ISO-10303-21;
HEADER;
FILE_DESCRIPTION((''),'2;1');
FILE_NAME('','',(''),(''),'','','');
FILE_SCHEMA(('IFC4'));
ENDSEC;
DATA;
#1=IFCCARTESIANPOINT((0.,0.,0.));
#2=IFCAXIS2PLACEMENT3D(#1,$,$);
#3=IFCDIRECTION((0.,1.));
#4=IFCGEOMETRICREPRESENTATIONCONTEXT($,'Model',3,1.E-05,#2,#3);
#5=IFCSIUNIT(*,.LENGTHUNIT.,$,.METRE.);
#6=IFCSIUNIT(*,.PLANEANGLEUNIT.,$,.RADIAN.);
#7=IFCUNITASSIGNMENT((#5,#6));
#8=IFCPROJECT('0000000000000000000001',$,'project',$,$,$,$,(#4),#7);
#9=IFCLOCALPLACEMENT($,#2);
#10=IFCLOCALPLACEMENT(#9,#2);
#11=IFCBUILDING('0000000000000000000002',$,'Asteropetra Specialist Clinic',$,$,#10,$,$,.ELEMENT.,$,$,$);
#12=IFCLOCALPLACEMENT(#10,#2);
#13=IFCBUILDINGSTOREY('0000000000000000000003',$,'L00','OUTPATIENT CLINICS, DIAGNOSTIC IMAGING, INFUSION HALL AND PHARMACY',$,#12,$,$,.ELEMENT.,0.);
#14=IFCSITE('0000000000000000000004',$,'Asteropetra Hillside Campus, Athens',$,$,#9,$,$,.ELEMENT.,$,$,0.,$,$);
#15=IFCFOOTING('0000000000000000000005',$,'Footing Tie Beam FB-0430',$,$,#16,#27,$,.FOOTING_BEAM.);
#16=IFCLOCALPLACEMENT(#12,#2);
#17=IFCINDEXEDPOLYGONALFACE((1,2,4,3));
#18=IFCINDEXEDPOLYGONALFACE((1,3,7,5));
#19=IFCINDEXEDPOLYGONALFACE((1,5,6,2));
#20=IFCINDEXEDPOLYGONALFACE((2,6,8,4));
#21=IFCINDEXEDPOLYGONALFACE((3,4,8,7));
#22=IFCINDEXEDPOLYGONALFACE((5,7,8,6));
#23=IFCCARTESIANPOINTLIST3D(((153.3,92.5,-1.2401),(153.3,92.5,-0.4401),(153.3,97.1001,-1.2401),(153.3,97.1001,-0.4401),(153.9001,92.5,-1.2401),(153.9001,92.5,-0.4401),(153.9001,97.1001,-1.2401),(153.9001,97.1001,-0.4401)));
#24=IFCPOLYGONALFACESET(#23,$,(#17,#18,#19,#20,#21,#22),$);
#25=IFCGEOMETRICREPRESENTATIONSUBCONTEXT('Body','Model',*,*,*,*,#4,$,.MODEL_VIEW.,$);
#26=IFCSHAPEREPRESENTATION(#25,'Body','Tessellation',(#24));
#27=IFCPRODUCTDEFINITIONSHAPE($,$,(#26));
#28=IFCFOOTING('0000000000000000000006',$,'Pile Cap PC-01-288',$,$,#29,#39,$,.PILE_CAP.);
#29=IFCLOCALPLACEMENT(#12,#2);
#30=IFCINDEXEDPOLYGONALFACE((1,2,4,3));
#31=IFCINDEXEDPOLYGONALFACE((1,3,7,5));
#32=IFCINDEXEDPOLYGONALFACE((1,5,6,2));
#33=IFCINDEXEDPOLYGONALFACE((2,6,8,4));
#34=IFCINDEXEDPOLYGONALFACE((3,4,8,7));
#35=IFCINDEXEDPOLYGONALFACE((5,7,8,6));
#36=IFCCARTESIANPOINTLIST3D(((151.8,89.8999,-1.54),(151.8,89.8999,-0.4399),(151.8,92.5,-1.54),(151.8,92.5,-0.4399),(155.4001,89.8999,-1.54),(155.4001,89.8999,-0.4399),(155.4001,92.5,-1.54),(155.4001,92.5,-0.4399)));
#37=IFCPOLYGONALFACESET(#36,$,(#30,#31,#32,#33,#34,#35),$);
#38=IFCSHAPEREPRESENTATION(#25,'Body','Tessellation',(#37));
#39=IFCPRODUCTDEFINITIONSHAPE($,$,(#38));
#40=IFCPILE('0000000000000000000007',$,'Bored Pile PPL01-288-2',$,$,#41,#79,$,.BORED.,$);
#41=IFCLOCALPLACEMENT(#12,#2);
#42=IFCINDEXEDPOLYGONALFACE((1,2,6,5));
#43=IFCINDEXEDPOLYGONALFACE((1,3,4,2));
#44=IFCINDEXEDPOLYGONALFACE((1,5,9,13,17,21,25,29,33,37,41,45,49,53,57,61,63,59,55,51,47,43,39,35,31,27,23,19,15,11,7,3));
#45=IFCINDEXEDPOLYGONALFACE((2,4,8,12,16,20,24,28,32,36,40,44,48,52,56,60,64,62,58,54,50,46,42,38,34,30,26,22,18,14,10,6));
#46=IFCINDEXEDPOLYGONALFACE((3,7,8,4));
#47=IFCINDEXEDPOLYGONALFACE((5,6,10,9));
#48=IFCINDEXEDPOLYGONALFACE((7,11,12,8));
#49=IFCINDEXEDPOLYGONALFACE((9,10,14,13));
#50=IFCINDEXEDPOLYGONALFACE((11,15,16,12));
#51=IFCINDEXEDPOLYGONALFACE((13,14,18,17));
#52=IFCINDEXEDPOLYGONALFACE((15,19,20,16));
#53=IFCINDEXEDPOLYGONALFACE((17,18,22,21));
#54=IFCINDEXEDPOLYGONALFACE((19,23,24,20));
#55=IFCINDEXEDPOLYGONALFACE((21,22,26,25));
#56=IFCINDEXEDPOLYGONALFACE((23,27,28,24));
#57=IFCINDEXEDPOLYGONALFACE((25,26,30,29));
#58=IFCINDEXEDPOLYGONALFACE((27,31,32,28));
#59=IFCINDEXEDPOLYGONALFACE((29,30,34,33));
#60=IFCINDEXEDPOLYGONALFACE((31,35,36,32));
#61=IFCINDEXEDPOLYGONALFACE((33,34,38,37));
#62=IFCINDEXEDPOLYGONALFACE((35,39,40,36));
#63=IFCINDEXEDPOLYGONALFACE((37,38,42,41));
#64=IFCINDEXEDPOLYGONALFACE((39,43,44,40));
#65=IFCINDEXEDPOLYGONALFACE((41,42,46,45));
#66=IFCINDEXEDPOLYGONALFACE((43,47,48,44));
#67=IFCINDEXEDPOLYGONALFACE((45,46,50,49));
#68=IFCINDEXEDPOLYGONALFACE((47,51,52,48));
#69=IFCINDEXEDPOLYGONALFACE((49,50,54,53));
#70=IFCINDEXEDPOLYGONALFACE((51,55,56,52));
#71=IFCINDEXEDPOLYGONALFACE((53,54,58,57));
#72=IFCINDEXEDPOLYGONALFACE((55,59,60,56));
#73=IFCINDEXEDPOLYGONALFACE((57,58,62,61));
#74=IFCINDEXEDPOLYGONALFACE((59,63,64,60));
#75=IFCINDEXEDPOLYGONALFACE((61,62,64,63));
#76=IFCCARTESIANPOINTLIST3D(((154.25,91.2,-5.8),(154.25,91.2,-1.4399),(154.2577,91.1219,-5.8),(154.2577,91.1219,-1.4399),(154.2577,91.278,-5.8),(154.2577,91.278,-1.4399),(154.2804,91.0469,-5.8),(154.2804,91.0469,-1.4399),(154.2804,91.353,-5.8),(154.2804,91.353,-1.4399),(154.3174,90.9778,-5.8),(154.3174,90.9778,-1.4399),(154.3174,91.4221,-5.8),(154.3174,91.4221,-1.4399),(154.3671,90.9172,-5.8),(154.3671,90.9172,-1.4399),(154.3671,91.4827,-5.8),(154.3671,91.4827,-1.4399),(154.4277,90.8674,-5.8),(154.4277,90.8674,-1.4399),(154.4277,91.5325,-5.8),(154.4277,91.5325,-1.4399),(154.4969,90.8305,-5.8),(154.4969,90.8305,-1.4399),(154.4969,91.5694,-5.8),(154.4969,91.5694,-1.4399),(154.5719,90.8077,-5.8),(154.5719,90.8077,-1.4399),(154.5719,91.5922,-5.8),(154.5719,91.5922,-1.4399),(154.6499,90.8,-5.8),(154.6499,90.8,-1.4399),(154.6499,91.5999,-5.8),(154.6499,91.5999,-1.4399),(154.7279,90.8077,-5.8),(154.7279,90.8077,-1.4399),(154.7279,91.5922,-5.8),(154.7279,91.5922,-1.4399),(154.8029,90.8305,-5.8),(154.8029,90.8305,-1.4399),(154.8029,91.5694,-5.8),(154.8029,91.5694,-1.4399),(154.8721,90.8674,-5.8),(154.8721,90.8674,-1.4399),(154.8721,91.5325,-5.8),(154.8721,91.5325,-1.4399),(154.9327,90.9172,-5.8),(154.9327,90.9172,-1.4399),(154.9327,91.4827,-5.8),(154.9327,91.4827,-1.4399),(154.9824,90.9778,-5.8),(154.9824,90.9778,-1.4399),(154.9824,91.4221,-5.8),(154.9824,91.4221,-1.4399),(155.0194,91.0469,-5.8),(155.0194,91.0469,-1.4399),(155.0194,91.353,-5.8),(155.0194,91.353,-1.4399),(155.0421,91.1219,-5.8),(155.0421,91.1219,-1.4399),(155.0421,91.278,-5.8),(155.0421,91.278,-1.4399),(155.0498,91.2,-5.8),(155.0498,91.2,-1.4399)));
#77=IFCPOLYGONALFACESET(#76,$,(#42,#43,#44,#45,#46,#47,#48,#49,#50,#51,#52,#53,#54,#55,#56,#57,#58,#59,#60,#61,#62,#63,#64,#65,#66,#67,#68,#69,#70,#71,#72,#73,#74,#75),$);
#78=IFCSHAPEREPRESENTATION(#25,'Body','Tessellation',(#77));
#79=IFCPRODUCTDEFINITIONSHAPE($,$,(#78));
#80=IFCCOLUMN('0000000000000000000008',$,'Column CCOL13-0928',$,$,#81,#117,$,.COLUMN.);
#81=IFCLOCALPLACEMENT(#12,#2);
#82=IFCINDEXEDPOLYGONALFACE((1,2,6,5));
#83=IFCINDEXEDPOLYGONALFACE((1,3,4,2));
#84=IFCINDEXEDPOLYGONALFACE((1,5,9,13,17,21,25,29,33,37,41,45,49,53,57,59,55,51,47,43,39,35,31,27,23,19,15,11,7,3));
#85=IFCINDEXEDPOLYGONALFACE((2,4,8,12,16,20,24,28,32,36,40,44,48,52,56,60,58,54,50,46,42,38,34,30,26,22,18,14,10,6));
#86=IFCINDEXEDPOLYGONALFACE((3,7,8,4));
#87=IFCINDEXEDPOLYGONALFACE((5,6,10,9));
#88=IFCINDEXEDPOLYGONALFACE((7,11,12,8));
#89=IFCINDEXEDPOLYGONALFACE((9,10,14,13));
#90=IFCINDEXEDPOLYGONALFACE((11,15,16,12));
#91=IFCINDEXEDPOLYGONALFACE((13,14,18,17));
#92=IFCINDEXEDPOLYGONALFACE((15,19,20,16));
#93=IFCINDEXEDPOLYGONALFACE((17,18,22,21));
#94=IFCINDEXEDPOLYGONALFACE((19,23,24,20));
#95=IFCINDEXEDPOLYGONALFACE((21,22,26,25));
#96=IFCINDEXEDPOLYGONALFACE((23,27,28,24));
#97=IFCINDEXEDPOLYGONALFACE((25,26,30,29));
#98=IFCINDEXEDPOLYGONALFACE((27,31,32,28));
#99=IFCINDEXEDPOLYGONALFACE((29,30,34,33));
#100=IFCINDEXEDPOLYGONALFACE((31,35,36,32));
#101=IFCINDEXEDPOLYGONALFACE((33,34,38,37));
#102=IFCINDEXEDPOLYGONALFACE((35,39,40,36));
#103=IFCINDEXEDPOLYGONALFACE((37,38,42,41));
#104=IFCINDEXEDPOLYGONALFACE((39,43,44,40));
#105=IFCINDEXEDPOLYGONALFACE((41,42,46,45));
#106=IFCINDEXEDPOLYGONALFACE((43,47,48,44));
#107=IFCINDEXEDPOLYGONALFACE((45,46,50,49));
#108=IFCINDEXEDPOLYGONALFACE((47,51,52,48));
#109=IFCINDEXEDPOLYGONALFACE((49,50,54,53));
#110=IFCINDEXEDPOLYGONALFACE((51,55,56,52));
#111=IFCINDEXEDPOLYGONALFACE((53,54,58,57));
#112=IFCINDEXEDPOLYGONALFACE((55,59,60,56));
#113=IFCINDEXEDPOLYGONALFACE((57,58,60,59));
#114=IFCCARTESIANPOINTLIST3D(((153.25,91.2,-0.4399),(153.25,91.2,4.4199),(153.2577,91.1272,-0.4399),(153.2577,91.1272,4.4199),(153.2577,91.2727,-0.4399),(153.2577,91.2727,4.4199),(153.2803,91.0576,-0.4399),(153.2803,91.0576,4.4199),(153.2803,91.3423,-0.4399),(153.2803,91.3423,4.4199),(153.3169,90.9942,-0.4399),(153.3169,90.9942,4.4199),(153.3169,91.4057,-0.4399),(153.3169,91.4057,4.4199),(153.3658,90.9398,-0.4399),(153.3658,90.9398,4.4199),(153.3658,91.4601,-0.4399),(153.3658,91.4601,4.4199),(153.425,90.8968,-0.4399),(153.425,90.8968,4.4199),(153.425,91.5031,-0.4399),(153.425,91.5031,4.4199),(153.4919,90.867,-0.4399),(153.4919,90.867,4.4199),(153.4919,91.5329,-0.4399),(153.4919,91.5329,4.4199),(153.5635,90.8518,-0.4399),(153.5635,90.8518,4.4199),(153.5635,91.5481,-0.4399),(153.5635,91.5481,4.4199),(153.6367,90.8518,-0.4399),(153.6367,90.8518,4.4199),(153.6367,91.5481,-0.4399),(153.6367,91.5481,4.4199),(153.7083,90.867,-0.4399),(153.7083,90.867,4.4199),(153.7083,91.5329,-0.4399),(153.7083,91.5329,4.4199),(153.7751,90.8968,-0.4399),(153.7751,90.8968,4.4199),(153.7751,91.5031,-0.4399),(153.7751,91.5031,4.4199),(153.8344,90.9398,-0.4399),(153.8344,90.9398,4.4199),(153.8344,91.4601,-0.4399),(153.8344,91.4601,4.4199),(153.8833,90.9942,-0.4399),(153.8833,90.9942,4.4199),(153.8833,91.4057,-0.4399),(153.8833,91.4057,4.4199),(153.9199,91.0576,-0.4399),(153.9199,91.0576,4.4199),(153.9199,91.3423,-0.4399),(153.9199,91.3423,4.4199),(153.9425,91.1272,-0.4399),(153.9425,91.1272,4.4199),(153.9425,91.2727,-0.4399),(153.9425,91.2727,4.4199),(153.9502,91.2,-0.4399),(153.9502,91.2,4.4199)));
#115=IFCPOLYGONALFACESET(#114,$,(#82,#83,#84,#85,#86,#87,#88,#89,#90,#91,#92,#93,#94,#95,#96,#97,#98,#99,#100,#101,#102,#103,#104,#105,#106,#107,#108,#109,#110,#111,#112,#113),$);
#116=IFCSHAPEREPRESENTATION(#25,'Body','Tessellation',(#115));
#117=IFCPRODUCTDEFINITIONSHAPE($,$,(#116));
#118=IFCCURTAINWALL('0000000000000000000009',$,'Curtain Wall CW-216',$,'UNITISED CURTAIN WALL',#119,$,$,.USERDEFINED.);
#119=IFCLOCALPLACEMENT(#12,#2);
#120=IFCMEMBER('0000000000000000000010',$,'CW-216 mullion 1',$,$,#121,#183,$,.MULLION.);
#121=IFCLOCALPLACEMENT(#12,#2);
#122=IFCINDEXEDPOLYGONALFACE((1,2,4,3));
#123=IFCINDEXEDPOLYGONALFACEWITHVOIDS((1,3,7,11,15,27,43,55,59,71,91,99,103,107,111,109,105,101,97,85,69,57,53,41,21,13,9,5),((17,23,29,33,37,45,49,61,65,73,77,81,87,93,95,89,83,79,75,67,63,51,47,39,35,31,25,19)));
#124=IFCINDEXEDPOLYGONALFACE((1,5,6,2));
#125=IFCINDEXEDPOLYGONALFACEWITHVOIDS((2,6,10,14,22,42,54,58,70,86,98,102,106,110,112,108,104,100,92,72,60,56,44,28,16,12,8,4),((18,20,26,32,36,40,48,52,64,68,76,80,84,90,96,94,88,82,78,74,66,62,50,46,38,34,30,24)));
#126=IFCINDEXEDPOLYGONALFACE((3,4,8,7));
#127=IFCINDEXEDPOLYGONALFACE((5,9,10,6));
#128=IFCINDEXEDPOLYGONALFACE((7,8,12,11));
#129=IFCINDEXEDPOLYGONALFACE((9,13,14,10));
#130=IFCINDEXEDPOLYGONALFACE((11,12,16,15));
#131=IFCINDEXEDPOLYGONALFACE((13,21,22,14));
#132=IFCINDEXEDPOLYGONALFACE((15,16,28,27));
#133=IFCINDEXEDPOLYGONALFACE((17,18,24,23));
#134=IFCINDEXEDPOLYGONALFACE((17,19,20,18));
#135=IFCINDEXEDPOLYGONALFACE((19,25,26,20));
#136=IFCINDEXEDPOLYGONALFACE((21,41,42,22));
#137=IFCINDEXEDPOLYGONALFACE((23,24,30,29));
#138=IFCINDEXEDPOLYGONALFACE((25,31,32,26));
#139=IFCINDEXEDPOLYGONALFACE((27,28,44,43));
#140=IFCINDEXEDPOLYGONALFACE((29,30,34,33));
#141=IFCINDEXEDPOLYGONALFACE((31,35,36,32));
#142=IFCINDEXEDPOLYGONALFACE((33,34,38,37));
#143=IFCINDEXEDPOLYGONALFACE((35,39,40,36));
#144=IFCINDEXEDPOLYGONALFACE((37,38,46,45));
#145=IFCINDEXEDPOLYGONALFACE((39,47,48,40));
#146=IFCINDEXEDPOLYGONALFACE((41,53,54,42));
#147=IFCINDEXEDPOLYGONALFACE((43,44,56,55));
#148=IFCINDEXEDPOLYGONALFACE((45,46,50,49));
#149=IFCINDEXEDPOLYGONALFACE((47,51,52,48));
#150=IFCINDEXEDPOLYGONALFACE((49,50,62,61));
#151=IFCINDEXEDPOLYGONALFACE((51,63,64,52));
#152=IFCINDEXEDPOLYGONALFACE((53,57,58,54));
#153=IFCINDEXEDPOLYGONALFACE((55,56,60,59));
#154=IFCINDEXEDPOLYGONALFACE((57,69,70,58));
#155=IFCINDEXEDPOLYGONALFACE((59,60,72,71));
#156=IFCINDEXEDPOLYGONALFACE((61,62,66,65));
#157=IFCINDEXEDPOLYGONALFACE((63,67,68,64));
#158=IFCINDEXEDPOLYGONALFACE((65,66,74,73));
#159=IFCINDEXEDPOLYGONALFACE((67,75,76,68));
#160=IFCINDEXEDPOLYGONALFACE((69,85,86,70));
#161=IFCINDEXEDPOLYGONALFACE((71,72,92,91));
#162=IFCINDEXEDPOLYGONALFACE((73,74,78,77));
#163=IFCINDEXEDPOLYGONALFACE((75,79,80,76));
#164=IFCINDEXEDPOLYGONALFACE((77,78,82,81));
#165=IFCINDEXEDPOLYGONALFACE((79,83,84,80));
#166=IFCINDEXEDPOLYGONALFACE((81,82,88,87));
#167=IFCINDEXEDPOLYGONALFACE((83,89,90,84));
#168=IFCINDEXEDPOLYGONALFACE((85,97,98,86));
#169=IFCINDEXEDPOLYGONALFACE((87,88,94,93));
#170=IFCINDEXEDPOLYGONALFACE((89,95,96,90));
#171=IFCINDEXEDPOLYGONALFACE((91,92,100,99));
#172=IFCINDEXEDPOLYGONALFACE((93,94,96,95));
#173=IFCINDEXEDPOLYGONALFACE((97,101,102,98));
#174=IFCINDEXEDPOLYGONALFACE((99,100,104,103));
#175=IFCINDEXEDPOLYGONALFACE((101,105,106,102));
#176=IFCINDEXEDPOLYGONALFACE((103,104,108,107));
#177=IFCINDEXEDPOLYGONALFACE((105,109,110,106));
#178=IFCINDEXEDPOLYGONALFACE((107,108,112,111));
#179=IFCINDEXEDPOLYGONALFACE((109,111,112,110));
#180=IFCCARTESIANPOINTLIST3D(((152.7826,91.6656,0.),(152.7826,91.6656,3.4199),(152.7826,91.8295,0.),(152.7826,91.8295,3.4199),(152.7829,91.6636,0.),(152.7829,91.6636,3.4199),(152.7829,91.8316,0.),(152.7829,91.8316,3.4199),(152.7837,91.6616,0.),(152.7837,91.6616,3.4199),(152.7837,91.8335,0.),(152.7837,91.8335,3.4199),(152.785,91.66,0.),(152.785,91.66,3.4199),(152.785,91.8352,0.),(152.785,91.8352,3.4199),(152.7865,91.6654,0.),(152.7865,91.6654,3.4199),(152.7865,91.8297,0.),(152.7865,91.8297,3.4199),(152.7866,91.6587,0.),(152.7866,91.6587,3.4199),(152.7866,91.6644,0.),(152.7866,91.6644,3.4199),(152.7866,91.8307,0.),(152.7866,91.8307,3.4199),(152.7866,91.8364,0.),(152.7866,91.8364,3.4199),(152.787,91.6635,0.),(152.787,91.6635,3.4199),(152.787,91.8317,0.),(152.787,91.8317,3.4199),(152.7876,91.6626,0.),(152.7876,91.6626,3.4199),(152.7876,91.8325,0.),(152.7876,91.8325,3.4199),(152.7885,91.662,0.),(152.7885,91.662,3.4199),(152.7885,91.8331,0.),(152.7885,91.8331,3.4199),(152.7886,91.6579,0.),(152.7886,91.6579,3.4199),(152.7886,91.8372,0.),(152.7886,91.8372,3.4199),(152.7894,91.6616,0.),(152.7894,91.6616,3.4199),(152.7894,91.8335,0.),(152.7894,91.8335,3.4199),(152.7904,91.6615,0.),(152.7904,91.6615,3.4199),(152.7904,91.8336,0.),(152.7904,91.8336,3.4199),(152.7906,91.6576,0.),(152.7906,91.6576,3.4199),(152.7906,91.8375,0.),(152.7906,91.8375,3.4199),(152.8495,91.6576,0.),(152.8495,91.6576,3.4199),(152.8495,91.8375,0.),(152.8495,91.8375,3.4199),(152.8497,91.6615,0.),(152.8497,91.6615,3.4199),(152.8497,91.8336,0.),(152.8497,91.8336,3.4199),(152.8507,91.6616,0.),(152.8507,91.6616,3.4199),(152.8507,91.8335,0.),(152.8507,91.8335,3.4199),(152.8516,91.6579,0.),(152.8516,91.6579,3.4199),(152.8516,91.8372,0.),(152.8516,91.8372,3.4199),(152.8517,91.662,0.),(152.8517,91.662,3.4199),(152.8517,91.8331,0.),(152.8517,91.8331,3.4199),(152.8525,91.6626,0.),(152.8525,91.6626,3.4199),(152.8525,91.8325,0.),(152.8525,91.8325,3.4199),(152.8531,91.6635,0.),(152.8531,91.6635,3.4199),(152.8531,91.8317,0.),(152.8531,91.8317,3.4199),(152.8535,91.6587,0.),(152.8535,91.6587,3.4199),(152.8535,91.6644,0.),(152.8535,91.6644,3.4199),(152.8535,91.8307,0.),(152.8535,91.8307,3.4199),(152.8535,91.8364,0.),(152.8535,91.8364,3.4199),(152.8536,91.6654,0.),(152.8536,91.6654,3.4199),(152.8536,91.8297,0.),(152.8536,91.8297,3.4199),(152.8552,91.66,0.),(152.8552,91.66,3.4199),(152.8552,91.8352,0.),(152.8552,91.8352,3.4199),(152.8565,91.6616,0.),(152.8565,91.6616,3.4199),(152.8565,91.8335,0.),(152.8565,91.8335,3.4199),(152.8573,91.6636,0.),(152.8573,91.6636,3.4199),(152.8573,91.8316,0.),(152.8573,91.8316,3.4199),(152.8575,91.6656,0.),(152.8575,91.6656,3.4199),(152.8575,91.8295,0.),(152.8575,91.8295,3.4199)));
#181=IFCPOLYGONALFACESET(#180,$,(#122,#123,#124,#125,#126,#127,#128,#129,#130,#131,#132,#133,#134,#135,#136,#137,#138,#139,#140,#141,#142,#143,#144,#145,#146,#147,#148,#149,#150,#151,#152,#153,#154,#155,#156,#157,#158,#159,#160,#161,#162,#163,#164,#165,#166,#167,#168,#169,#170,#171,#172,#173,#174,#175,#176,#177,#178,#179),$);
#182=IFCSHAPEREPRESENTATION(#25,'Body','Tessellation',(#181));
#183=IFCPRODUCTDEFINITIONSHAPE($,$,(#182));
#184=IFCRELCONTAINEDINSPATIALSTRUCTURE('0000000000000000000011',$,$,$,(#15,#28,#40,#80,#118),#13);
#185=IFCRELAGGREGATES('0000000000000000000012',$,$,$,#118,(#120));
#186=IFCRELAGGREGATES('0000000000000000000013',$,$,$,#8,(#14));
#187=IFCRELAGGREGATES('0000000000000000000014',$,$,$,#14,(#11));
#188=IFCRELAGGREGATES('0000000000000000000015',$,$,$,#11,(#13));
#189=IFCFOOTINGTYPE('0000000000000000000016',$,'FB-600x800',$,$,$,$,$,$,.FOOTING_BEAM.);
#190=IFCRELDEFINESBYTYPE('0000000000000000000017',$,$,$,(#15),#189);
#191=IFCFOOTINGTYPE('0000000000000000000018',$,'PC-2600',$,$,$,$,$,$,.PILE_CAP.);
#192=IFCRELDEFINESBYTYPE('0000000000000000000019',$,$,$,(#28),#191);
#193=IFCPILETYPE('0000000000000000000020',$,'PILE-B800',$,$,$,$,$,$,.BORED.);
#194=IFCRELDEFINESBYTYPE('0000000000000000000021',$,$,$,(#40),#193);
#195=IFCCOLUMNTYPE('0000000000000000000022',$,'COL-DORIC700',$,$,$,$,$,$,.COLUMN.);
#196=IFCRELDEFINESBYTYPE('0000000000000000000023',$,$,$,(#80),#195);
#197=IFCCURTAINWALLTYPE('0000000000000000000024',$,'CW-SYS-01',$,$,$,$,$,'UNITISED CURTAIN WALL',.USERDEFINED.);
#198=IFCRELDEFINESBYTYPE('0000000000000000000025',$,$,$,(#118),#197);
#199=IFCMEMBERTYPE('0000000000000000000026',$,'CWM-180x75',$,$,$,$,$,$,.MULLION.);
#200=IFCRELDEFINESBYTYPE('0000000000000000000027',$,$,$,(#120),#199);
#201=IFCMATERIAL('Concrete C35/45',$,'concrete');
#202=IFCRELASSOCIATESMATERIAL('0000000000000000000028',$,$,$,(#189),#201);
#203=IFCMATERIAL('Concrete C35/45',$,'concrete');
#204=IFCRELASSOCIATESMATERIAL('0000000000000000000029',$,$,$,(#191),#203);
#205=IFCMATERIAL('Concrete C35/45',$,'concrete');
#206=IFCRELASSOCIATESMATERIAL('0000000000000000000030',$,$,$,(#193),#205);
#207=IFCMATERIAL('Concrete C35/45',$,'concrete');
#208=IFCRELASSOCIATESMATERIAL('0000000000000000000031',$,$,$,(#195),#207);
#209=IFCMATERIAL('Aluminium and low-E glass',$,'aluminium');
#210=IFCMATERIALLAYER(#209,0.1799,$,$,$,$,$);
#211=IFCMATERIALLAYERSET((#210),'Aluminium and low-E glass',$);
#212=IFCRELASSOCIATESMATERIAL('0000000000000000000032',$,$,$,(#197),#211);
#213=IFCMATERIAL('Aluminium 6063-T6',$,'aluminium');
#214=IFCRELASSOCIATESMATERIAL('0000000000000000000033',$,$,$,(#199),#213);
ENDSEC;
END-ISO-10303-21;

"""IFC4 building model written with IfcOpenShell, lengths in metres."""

from ifc_helpers import new_model, si_unit, direction, frame, origin, origin_2d, place, context, subcontext, project, spatial, rectangle, hollow_rectangle, circle, extrude, material, layer, layer_set, material_profile, profile_set, type_object, element, aggregate, save


model = new_model("IFC4")

# Units and contexts
model_context = context("Model", 3, precision=1e-05, world=origin(), true_north=direction((0.0, 1.0)))
body_context = subcontext(model_context, "Body", "Model", "MODEL_VIEW")
ifc_project = project(units=[si_unit("LENGTHUNIT", "METRE"), si_unit("PLANEANGLEUNIT", "RADIAN")], contexts=[model_context])

# Site, building, storey
site_placement = place(None, origin())
site = spatial("IfcSite", under=ifc_project, at=site_placement, Name="Asteropetra Hillside Campus, Athens", CompositionType="ELEMENT", RefElevation=0.0)
building_placement = place(site_placement, origin())
building = spatial("IfcBuilding", under=site, at=building_placement, Name="Asteropetra Specialist Clinic", CompositionType="ELEMENT")
storey_placement = place(building_placement, origin())
storey = spatial("IfcBuildingStorey", under=building, at=storey_placement, Name="L00", Description="OUTPATIENT CLINICS, DIAGNOSTIC IMAGING, INFUSION HALL AND PHARMACY", CompositionType="ELEMENT", Elevation=0.0)

# Footings
ifc_material_1 = material(Name="Concrete C35/45", Category="concrete")
ifc_material_profile_1 = material_profile(ifc_material_1, rectangle(XDim=0.6001, YDim=0.8, at=origin_2d()), Name="FB 600x800")
ifc_profile_set_1 = profile_set([ifc_material_profile_1], Name="Concrete C35/45")
footing_type_1 = type_object("IfcFootingType", Name="FB-600x800", PredefinedType="FOOTING_BEAM", material=ifc_profile_set_1)
footing_1_placement = place(storey_placement, frame((153.6001, 92.5, -0.8401), z_axis=(0.0, 1.0, 0.0), x_axis=(-1.0, 0.0, 0.0)))
element("IfcFooting", 1, at=footing_1_placement, inside=storey, type_object=footing_type_1, Name="Footing Tie Beam FB-0430", PredefinedType="FOOTING_BEAM", context=body_context, shape_type="SweptSolid", body=[
    extrude(rectangle(XDim=0.6001, YDim=0.8, at=origin_2d()), origin(), (0.0, 0.0, 1.0), 4.6001),
])
ifc_material_2 = material(Name="Concrete C35/45", Category="concrete")
footing_type_2 = type_object("IfcFootingType", Name="PC-2600", PredefinedType="PILE_CAP", material=ifc_material_2)
footing_2_placement = place(storey_placement, frame((153.6001, 91.2, -1.54), z_axis=(0.0, 0.0, 1.0), x_axis=(1.0, 0.0, 0.0)))
element("IfcFooting", 2, at=footing_2_placement, inside=storey, type_object=footing_type_2, Name="Pile Cap PC-01-288", PredefinedType="PILE_CAP", context=body_context, shape_type="SweptSolid", body=[
    extrude(rectangle(XDim=3.6001, YDim=2.6001, at=origin_2d()), origin(), (0.0, 0.0, 1.0), 1.1001),
])

# Pile
ifc_material_3 = material(Name="Concrete C35/45", Category="concrete")
ifc_material_profile_2 = material_profile(ifc_material_3, circle(Radius=0.3999, at=origin_2d()), Name="PILE D800")
ifc_profile_set_2 = profile_set([ifc_material_profile_2], Name="Concrete C35/45")
pile_type = type_object("IfcPileType", Name="PILE-B800", PredefinedType="BORED", material=ifc_profile_set_2)
pile_placement = place(storey_placement, frame((154.6499, 91.2, -1.4399), z_axis=(0.0, 0.0, -1.0), x_axis=(1.0, 0.0, 0.0)))
element("IfcPile", 3, at=pile_placement, inside=storey, type_object=pile_type, Name="Bored Pile PPL01-288-2", PredefinedType="BORED", context=body_context, shape_type="SweptSolid", body=[
    extrude(circle(Radius=0.3999, at=origin_2d()), origin(), (0.0, 0.0, 1.0), 4.3601),
])

# Column
ifc_material_4 = material(Name="Concrete C35/45", Category="concrete")
ifc_material_profile_3 = material_profile(ifc_material_4, circle(Radius=0.3501, at=origin_2d()), Name="RCC D700")
ifc_profile_set_3 = profile_set([ifc_material_profile_3], Name="Concrete C35/45")
column_type = type_object("IfcColumnType", Name="COL-DORIC700", PredefinedType="COLUMN", material=ifc_profile_set_3)
column_placement = place(storey_placement, frame((153.6001, 91.2, -0.4399), z_axis=(0.0, 0.0, 1.0), x_axis=(1.0, 0.0, 0.0)))
element("IfcColumn", 4, at=column_placement, inside=storey, type_object=column_type, Name="Column CCOL13-0928", PredefinedType="COLUMN", context=body_context, shape_type="SweptSolid", body=[
    extrude(circle(Radius=0.3501, at=origin_2d()), origin(), (0.0, 0.0, 1.0), 4.8599),
])

# Curtain wall, member
ifc_material_5 = material(Name="Aluminium and low-E glass", Category="aluminium")
ifc_layer_1 = layer(ifc_material_5, 0.1799)
ifc_layer_set_1 = layer_set([ifc_layer_1], Name="Aluminium and low-E glass")
curtain_wall_type = type_object("IfcCurtainWallType", Name="CW-SYS-01", ElementType="UNITISED CURTAIN WALL", PredefinedType="USERDEFINED", material=ifc_layer_set_1)
curtain_wall_placement = place(storey_placement, origin())
curtain_wall = element("IfcCurtainWall", 5, at=curtain_wall_placement, inside=storey, type_object=curtain_wall_type, Name="Curtain Wall CW-216", ObjectType="UNITISED CURTAIN WALL", PredefinedType="USERDEFINED")
ifc_material_6 = material(Name="Aluminium 6063-T6", Category="aluminium")
ifc_material_profile_4 = material_profile(ifc_material_6, hollow_rectangle(XDim=0.075, YDim=0.1799, WallThickness=0.0039, InnerFilletRadius=0.0039, OuterFilletRadius=0.0081, at=origin_2d()), Name="MUL 180x75x4.0")
ifc_profile_set_4 = profile_set([ifc_material_profile_4], Name="Aluminium 6063-T6")
member_type_1 = type_object("IfcMemberType", Name="CWM-180x75", PredefinedType="MULLION", material=ifc_profile_set_4)
member_1_placement = place(storey_placement, frame((152.8201, 91.7476, 0.0), z_axis=(0.0, 0.0, 1.0), x_axis=(-1.0, 0.0, 0.0)))
member_1 = element("IfcMember", 6, at=member_1_placement, type_object=member_type_1, Name="CW-216 mullion 1", PredefinedType="MULLION", context=body_context, shape_type="SweptSolid", body=[
    extrude(hollow_rectangle(XDim=0.075, YDim=0.1799, WallThickness=0.0039, InnerFilletRadius=0.0039, OuterFilletRadius=0.0081, at=origin_2d()), origin(), (0.0, 0.0, 1.0), 3.4199),
])
aggregate(curtain_wall, [member_1])

save(model, "model.ifc")
